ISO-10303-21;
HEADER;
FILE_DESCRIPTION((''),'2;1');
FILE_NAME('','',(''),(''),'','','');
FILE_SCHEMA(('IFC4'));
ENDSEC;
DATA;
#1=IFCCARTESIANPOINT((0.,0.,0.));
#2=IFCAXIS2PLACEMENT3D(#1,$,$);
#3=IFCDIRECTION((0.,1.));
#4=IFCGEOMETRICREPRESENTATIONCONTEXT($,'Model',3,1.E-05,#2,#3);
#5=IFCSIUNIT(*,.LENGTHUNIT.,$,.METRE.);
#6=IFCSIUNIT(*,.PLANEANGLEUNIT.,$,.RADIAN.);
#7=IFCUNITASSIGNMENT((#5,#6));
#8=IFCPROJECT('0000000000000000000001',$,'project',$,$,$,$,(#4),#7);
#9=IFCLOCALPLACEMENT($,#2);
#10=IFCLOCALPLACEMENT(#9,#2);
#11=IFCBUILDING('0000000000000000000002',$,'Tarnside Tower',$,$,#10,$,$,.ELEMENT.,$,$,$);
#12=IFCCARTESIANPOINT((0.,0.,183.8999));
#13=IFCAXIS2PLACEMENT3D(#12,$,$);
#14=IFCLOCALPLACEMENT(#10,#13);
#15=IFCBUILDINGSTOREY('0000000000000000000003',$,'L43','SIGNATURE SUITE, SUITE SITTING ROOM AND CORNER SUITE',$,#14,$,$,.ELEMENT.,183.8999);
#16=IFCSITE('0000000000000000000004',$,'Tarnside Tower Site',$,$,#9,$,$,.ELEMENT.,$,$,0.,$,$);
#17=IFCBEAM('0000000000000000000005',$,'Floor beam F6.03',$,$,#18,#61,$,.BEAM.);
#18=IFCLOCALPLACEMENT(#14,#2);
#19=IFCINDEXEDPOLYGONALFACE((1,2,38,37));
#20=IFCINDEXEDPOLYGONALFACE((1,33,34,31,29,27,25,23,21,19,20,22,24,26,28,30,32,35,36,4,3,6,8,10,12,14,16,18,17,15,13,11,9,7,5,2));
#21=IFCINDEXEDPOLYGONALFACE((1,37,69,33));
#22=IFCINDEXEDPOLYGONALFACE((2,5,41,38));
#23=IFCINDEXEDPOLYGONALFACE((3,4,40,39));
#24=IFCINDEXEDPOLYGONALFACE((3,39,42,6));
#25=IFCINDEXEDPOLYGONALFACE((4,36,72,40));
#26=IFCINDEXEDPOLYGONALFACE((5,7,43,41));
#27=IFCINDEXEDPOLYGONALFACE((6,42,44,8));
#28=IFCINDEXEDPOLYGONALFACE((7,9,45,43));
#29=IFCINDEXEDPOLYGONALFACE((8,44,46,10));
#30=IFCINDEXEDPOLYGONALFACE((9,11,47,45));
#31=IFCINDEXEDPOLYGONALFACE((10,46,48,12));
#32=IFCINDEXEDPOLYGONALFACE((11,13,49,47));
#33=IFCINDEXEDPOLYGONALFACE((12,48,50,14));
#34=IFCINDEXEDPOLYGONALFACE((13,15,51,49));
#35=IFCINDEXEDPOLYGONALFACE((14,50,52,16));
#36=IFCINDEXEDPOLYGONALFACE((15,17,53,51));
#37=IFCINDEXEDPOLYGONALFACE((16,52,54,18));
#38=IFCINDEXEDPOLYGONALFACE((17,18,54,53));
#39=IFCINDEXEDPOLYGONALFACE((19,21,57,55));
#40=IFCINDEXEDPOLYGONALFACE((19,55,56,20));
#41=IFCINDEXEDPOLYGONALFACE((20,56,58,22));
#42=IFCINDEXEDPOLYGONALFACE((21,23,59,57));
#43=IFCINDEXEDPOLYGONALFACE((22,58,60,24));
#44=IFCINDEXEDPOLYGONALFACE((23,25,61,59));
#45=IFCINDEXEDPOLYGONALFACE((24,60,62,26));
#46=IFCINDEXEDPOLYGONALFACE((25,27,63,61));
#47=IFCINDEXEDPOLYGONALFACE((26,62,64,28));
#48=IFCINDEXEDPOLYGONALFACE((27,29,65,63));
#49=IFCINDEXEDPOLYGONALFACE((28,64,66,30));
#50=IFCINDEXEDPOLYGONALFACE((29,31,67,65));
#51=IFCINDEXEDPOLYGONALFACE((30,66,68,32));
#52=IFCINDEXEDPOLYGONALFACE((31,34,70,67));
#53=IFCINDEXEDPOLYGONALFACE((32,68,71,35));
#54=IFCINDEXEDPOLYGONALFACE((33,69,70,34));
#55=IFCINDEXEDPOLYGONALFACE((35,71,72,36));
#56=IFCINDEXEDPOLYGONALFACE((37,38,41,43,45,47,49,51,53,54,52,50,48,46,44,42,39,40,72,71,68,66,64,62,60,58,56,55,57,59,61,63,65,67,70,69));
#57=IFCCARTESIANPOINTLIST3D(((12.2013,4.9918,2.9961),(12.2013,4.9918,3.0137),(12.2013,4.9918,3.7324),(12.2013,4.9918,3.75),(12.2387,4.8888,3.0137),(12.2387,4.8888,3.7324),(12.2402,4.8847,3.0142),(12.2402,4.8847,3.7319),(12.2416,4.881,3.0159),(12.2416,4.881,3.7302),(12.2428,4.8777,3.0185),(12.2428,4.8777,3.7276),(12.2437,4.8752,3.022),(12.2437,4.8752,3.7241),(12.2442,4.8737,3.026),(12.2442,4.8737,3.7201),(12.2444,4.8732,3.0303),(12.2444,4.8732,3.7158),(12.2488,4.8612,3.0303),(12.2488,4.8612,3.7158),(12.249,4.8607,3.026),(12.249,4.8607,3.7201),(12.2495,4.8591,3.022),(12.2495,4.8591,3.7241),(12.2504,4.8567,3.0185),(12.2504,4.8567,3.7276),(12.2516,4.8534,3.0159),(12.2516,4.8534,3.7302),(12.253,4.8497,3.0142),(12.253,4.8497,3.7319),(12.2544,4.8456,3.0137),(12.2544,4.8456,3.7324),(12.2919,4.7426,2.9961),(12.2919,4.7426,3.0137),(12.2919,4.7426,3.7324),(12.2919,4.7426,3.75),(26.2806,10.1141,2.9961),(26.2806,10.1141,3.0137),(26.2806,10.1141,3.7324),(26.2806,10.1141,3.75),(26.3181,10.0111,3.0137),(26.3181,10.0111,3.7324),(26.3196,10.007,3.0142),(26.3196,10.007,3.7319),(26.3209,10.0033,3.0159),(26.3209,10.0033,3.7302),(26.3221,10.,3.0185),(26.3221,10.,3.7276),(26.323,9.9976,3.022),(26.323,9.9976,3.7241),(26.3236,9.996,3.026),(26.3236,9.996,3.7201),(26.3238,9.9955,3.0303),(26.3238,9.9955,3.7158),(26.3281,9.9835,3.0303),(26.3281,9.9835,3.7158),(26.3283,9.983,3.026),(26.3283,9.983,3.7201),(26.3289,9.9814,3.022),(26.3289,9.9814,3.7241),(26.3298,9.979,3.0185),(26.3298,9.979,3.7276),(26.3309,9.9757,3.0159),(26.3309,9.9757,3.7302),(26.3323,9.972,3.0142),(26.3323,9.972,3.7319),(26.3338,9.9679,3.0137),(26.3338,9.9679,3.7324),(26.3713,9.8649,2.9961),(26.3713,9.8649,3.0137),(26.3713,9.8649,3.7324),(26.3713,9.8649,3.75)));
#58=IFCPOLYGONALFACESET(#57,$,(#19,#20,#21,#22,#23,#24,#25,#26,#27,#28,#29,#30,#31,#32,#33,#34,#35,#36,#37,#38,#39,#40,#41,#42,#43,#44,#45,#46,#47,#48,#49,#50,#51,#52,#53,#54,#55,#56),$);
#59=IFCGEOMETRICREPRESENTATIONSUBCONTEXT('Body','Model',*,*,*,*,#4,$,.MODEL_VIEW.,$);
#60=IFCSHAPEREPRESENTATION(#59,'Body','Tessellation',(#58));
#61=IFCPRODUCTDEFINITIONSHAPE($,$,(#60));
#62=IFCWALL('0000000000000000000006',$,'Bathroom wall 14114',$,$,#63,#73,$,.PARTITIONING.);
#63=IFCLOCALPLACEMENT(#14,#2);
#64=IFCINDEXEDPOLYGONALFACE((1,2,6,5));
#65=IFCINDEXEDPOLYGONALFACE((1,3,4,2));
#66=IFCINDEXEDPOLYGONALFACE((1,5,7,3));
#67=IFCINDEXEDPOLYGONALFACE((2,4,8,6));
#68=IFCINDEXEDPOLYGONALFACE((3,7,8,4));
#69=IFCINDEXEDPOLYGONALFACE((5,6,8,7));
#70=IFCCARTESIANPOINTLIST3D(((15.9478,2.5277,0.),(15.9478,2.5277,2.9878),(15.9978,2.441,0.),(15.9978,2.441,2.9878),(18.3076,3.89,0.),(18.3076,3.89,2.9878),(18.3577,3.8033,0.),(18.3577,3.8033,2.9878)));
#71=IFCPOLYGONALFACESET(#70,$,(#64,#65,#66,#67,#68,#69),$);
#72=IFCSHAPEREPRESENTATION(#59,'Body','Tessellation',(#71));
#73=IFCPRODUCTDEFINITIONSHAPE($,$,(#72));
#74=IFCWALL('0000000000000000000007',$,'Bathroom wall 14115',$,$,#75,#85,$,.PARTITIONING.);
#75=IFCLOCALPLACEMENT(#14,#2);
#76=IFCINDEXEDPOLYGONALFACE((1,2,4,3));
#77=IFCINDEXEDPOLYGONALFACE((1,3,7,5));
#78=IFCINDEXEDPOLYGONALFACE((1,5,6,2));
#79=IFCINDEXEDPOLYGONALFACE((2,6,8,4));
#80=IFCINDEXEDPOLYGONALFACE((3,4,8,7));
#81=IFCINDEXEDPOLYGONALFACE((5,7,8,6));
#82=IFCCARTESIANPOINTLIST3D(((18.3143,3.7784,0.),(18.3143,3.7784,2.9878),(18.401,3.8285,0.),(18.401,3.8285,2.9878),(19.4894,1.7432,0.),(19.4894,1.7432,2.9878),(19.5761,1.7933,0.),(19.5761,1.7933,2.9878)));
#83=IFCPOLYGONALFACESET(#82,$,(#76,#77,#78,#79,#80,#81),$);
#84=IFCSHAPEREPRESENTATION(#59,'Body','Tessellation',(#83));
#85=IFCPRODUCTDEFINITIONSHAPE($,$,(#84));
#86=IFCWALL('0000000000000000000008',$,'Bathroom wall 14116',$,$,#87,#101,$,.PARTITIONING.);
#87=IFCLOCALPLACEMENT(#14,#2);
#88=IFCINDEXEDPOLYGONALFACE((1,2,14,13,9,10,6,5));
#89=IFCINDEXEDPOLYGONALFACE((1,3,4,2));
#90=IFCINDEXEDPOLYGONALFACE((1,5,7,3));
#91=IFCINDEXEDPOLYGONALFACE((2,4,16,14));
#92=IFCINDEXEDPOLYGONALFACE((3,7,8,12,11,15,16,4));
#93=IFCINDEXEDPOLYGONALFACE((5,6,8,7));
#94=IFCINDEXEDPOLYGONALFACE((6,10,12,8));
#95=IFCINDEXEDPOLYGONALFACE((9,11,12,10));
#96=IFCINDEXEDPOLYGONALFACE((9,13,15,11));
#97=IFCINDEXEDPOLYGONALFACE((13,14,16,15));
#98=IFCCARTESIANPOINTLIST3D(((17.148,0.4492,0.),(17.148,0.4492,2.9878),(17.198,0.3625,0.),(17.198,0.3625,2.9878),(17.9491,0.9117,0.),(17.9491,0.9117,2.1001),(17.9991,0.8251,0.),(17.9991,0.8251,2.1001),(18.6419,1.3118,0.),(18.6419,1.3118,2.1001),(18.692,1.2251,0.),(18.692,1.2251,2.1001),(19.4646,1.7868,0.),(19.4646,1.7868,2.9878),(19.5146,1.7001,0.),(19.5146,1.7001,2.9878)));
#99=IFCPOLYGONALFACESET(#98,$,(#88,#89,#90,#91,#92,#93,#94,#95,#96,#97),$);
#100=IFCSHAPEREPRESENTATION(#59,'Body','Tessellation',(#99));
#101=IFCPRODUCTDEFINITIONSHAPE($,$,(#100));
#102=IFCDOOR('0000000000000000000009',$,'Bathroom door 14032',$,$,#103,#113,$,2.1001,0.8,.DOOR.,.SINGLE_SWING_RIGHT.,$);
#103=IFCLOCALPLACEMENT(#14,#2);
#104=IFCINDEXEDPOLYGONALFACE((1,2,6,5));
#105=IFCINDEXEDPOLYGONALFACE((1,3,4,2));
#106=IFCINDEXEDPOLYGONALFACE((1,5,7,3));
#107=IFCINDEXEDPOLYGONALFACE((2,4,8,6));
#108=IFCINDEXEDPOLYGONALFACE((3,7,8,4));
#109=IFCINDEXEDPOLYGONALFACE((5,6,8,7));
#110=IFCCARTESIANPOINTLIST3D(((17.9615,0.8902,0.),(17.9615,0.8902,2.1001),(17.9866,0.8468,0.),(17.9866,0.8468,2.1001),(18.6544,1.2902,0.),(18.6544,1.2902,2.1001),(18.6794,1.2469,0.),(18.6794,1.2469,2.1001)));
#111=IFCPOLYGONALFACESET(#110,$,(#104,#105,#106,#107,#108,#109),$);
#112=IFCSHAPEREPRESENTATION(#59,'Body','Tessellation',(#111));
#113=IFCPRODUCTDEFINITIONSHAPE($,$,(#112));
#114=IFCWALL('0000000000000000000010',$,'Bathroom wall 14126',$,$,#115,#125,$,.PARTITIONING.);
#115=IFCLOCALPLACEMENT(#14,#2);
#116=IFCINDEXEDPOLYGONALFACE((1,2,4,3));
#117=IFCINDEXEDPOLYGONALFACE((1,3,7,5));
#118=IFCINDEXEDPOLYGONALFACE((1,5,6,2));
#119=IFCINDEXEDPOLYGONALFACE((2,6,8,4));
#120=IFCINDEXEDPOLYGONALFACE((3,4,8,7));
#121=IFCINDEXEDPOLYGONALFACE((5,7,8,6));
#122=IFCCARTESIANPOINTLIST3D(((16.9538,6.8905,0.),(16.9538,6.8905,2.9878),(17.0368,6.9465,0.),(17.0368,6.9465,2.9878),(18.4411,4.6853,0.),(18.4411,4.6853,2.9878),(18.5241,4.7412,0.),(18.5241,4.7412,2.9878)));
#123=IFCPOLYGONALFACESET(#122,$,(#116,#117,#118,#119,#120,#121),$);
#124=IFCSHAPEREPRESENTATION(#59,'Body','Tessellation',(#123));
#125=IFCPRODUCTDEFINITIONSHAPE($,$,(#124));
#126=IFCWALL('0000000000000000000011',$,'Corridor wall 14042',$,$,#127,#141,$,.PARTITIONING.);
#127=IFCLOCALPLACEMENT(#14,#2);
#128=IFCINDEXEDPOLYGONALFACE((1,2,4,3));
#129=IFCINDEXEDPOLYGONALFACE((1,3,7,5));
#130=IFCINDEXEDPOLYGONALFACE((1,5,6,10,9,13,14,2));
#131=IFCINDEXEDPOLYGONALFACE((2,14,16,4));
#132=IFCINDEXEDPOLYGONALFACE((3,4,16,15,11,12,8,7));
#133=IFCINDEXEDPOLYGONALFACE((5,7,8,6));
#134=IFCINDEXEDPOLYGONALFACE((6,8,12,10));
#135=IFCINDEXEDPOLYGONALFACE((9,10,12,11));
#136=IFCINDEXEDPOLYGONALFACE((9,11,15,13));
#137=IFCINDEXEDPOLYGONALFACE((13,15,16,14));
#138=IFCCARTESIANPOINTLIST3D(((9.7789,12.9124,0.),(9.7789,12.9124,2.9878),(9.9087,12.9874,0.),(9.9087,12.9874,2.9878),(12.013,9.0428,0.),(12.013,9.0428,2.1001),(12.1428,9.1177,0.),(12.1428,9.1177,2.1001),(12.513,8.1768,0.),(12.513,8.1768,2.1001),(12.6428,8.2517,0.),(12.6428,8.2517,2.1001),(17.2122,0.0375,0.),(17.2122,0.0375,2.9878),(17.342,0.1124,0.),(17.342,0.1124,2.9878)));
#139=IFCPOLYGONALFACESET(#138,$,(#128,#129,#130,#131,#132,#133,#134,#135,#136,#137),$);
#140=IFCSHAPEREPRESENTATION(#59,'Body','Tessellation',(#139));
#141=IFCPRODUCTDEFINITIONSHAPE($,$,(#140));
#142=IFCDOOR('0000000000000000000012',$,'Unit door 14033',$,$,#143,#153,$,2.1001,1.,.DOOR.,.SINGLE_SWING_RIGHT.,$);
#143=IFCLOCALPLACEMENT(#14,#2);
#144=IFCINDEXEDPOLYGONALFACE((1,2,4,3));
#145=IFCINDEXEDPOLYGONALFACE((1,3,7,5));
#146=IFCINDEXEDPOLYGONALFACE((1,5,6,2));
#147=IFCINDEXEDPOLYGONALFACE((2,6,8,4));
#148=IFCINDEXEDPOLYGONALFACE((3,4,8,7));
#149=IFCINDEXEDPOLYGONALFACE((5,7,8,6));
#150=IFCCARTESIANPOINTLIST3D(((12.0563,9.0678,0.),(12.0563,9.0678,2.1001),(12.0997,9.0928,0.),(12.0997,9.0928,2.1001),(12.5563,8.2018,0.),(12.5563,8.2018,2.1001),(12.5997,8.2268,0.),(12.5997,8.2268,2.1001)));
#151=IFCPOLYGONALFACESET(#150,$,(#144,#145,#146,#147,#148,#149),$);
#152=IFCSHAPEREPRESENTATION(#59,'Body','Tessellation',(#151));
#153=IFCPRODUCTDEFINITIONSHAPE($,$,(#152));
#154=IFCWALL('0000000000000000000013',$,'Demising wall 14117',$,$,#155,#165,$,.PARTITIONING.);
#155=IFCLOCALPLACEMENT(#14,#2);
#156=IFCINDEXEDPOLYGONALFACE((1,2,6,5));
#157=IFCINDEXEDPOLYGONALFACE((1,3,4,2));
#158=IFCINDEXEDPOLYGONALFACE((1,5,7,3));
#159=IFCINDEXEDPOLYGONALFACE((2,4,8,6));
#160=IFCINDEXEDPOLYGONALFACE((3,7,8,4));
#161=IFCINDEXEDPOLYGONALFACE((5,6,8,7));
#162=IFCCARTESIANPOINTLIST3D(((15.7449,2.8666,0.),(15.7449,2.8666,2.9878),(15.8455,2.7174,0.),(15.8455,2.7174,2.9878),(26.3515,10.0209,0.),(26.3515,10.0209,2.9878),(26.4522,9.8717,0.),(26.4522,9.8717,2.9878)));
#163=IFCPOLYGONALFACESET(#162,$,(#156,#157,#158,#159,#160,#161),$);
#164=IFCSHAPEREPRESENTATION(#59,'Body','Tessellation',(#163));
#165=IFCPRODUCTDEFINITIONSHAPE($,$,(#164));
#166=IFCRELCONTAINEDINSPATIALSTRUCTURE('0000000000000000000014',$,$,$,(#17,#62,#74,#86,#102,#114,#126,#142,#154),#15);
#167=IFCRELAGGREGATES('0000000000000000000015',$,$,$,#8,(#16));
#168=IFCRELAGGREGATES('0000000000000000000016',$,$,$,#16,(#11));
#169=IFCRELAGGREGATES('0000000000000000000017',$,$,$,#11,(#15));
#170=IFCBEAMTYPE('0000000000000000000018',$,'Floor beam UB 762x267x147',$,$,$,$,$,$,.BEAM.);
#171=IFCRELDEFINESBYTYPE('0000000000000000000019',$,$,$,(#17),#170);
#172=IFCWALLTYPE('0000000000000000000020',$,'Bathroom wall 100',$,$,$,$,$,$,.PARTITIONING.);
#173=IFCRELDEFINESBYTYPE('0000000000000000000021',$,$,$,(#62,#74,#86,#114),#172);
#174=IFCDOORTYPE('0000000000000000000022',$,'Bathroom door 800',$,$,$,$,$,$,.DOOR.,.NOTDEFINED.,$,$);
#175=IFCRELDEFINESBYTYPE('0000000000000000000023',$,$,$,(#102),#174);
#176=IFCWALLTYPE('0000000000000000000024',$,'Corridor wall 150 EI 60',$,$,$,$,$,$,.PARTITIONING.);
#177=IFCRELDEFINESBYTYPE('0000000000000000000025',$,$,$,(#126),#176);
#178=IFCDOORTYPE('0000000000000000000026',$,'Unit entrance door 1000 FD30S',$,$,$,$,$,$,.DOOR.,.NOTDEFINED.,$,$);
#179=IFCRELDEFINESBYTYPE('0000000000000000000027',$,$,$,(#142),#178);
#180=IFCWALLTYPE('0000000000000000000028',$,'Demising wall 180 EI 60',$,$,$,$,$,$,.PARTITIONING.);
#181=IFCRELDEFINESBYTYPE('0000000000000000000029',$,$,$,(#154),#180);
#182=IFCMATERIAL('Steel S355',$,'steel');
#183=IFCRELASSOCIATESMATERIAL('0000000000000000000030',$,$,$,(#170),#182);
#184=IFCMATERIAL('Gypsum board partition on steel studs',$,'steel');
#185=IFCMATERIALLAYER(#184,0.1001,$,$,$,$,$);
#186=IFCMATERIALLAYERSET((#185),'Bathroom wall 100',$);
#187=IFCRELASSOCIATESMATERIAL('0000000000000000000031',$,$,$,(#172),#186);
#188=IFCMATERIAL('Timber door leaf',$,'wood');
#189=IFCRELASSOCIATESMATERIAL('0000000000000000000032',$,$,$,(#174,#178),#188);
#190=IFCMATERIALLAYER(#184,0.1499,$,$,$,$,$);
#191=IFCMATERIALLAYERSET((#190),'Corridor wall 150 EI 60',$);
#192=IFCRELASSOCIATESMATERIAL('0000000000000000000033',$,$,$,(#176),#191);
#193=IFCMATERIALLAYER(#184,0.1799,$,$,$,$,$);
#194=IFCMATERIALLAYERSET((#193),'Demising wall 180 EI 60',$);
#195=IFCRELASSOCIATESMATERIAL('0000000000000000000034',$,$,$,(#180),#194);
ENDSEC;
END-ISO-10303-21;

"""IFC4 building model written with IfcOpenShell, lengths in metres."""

from ifc_helpers import new_model, si_unit, direction, frame, frame_2d, origin, origin_2d, place, context, subcontext, project, spatial, rectangle, i_section, extrude, material, layer, layer_set, material_profile, profile_set, type_object, element, fill, save


model = new_model("IFC4")

# Units and contexts
model_context = context("Model", 3, precision=1e-05, world=origin(), true_north=direction((0.0, 1.0)))
body_context = subcontext(model_context, "Body", "Model", "MODEL_VIEW")
ifc_project = project(units=[si_unit("LENGTHUNIT", "METRE"), si_unit("PLANEANGLEUNIT", "RADIAN")], contexts=[model_context])

# Site, building, storey
site_placement = place(None, origin())
site = spatial("IfcSite", under=ifc_project, at=site_placement, Name="Tarnside Tower Site", CompositionType="ELEMENT", RefElevation=0.0)
building_placement = place(site_placement, origin())
building = spatial("IfcBuilding", under=site, at=building_placement, Name="Tarnside Tower", CompositionType="ELEMENT")
storey_placement = place(building_placement, frame((0.0, 0.0, 183.8999)))
storey = spatial("IfcBuildingStorey", under=building, at=storey_placement, Name="L43", Description="SIGNATURE SUITE, SUITE SITTING ROOM AND CORNER SUITE", CompositionType="ELEMENT", Elevation=183.8999)

# Beam
ifc_material_1 = material(Name="Steel S355", Category="steel")
ifc_material_profile = material_profile(ifc_material_1, i_section(OverallWidth=0.2651, OverallDepth=0.7539, WebThickness=0.0127, FlangeThickness=0.0176, FilletRadius=0.0166, at=origin_2d()), Name="UB 762x267x147")
ifc_profile_set = profile_set([ifc_material_profile], Name="Steel S355")
beam_type = type_object("IfcBeamType", Name="Floor beam UB 762x267x147", PredefinedType="BEAM", material=ifc_profile_set)
beam_placement = place(storey_placement, frame((26.3259, 9.9895, 3.373), z_axis=(-0.939739, -0.341894, 0.0), x_axis=(0.341894, -0.939739, 0.0)))
element("IfcBeam", 1, at=beam_placement, inside=storey, type_object=beam_type, Name="Floor beam F6.03", PredefinedType="BEAM", context=body_context, shape_type="SweptSolid", body=[
    extrude(i_section(OverallWidth=0.2651, OverallDepth=0.7539, WebThickness=0.0127, FlangeThickness=0.0176, FilletRadius=0.0166, at=origin_2d()), origin(), (0.0, 0.0, 1.0), 14.9822),
])

# Walls
ifc_material_2 = material(Name="Gypsum board partition on steel studs", Category="steel")
ifc_layer_1 = layer(ifc_material_2, 0.1001)
ifc_layer_set_1 = layer_set([ifc_layer_1], Name="Bathroom wall 100")
wall_type_1 = type_object("IfcWallType", Name="Bathroom wall 100", PredefinedType="PARTITIONING", material=ifc_layer_set_1)
wall_1_placement = place(storey_placement, frame((15.9729, 2.4844, 0.0), z_axis=(0.0, 0.0, 1.0), x_axis=(0.866051, 0.499955, 0.0)))
element("IfcWall", 2, at=wall_1_placement, inside=storey, type_object=wall_type_1, Name="Bathroom wall 14114", PredefinedType="PARTITIONING", context=body_context, shape_type="SweptSolid", body=[
    extrude(rectangle(XDim=2.7249, YDim=0.1001, at=frame_2d((1.3623, 0.0))), origin(), (0.0, 0.0, 1.0), 2.9878),
])
wall_2_placement = place(storey_placement, frame((18.3577, 3.8035, 0.0), z_axis=(0.0, 0.0, 1.0), x_axis=(0.500016, -0.866016, 0.0)))
element("IfcWall", 3, at=wall_2_placement, inside=storey, type_object=wall_type_1, Name="Bathroom wall 14115", PredefinedType="PARTITIONING", context=body_context, shape_type="SweptSolid", body=[
    extrude(rectangle(XDim=2.3501, YDim=0.1001, at=frame_2d((1.175, 0.0))), origin(), (0.0, 0.0, 1.0), 2.9878),
])

# Wall, opening, door
wall_3_placement = place(storey_placement, frame((19.4895, 1.7434, 0.0), z_axis=(0.0, 0.0, 1.0), x_axis=(-0.866005, -0.500036, 0.0)))
wall_3 = element("IfcWall", 4, at=wall_3_placement, inside=storey, type_object=wall_type_1, Name="Bathroom wall 14116", PredefinedType="PARTITIONING", context=body_context, shape_type="SweptSolid", body=[
    extrude(rectangle(XDim=2.675, YDim=0.1001, at=frame_2d((1.3374, 0.0))), origin(), (0.0, 0.0, 1.0), 2.9878),
])
opening_1_placement = place(wall_3_placement, frame((0.95, 0.0, 0.0)))
opening_1 = element("IfcOpeningElement", 5, at=opening_1_placement, cuts=wall_3, PredefinedType="OPENING", context=body_context, shape_type="SweptSolid", body=[
    extrude(rectangle(XDim=0.8, YDim=2.1001, at=frame_2d((0.3999, 1.05))), frame((0.0, 0.0601, 0.0), z_axis=(0.0, -1.0, 0.0), x_axis=(1.0, 0.0, 0.0)), (0.0, 0.0, 1.0), 0.1201),
])
ifc_material_3 = material(Name="Timber door leaf", Category="wood")
door_type_1 = type_object("IfcDoorType", Name="Bathroom door 800", OperationType="NOTDEFINED", PredefinedType="DOOR", material=ifc_material_3)
door_1_placement = place(opening_1_placement, origin())
door_1 = element("IfcDoor", 6, at=door_1_placement, inside=storey, type_object=door_type_1, Name="Bathroom door 14032", OperationType="SINGLE_SWING_RIGHT", OverallHeight=2.1001, OverallWidth=0.8, PredefinedType="DOOR", context=body_context, shape_type="SweptSolid", body=[
    extrude(rectangle(XDim=0.8, YDim=2.1001, at=frame_2d((0.3999, 1.05))), frame((0.0, 0.0249, 0.0), z_axis=(0.0, -1.0, 0.0), x_axis=(1.0, 0.0, 0.0)), (0.0, 0.0, 1.0), 0.05),
])
fill(opening_1, door_1)

# Wall
wall_4_placement = place(storey_placement, frame((18.4827, 4.7131, 0.0), z_axis=(0.0, 0.0, 1.0), x_axis=(-0.55914, 0.829073, 0.0)))
element("IfcWall", 7, at=wall_4_placement, inside=storey, type_object=wall_type_1, Name="Bathroom wall 14126", PredefinedType="PARTITIONING", context=body_context, shape_type="SweptSolid", body=[
    extrude(rectangle(XDim=2.6599, YDim=0.1001, at=frame_2d((1.3301, 0.0))), origin(), (0.0, 0.0, 1.0), 2.9878),
])

# Wall, opening, door
ifc_layer_2 = layer(ifc_material_2, 0.1499)
ifc_layer_set_2 = layer_set([ifc_layer_2], Name="Corridor wall 150 EI 60")
wall_type_2 = type_object("IfcWallType", Name="Corridor wall 150 EI 60", PredefinedType="PARTITIONING", material=ifc_layer_set_2)
wall_5_placement = place(storey_placement, frame((17.2771, 0.075, 0.0), z_axis=(0.0, 0.0, 1.0), x_axis=(-0.499998, 0.866026, 0.0)))
wall_5 = element("IfcWall", 8, at=wall_5_placement, inside=storey, type_object=wall_type_2, Name="Corridor wall 14042", PredefinedType="PARTITIONING", context=body_context, shape_type="SweptSolid", body=[
    extrude(rectangle(XDim=14.8667, YDim=0.1499, at=frame_2d((7.4333, 0.0))), origin(), (0.0, 0.0, 1.0), 2.9878),
])
opening_2_placement = place(wall_5_placement, frame((9.3984, 0.0, 0.0)))
opening_2 = element("IfcOpeningElement", 9, at=opening_2_placement, cuts=wall_5, PredefinedType="OPENING", context=body_context, shape_type="SweptSolid", body=[
    extrude(rectangle(XDim=1.0, YDim=2.1001, at=frame_2d((0.5, 1.05))), frame((0.0, 0.085, 0.0), z_axis=(0.0, -1.0, 0.0), x_axis=(1.0, 0.0, 0.0)), (0.0, 0.0, 1.0), 0.1699),
])
door_type_2 = type_object("IfcDoorType", Name="Unit entrance door 1000 FD30S", OperationType="NOTDEFINED", PredefinedType="DOOR", material=ifc_material_3)
door_2_placement = place(opening_2_placement, origin())
door_2 = element("IfcDoor", 10, at=door_2_placement, inside=storey, type_object=door_type_2, Name="Unit door 14033", OperationType="SINGLE_SWING_RIGHT", OverallHeight=2.1001, OverallWidth=1.0, PredefinedType="DOOR", context=body_context, shape_type="SweptSolid", body=[
    extrude(rectangle(XDim=1.0, YDim=2.1001, at=frame_2d((0.5, 1.05))), frame((0.0, 0.0249, 0.0), z_axis=(0.0, -1.0, 0.0), x_axis=(1.0, 0.0, 0.0)), (0.0, 0.0, 1.0), 0.05),
])
fill(opening_2, door_2)

# Wall
ifc_layer_3 = layer(ifc_material_2, 0.1799)
ifc_layer_set_3 = layer_set([ifc_layer_3], Name="Demising wall 180 EI 60")
wall_type_3 = type_object("IfcWallType", Name="Demising wall 180 EI 60", PredefinedType="PARTITIONING", material=ifc_layer_set_3)
wall_6_placement = place(storey_placement, frame((26.4019, 9.9463, 0.0), z_axis=(0.0, 0.0, 1.0), x_axis=(-0.829038, -0.559193, 0.0)))
element("IfcWall", 11, at=wall_6_placement, inside=storey, type_object=wall_type_3, Name="Demising wall 14117", PredefinedType="PARTITIONING", context=body_context, shape_type="SweptSolid", body=[
    extrude(rectangle(XDim=12.7939, YDim=0.1799, at=frame_2d((6.397, 0.0))), origin(), (0.0, 0.0, 1.0), 2.9878),
])

save(model, "model.ifc")
